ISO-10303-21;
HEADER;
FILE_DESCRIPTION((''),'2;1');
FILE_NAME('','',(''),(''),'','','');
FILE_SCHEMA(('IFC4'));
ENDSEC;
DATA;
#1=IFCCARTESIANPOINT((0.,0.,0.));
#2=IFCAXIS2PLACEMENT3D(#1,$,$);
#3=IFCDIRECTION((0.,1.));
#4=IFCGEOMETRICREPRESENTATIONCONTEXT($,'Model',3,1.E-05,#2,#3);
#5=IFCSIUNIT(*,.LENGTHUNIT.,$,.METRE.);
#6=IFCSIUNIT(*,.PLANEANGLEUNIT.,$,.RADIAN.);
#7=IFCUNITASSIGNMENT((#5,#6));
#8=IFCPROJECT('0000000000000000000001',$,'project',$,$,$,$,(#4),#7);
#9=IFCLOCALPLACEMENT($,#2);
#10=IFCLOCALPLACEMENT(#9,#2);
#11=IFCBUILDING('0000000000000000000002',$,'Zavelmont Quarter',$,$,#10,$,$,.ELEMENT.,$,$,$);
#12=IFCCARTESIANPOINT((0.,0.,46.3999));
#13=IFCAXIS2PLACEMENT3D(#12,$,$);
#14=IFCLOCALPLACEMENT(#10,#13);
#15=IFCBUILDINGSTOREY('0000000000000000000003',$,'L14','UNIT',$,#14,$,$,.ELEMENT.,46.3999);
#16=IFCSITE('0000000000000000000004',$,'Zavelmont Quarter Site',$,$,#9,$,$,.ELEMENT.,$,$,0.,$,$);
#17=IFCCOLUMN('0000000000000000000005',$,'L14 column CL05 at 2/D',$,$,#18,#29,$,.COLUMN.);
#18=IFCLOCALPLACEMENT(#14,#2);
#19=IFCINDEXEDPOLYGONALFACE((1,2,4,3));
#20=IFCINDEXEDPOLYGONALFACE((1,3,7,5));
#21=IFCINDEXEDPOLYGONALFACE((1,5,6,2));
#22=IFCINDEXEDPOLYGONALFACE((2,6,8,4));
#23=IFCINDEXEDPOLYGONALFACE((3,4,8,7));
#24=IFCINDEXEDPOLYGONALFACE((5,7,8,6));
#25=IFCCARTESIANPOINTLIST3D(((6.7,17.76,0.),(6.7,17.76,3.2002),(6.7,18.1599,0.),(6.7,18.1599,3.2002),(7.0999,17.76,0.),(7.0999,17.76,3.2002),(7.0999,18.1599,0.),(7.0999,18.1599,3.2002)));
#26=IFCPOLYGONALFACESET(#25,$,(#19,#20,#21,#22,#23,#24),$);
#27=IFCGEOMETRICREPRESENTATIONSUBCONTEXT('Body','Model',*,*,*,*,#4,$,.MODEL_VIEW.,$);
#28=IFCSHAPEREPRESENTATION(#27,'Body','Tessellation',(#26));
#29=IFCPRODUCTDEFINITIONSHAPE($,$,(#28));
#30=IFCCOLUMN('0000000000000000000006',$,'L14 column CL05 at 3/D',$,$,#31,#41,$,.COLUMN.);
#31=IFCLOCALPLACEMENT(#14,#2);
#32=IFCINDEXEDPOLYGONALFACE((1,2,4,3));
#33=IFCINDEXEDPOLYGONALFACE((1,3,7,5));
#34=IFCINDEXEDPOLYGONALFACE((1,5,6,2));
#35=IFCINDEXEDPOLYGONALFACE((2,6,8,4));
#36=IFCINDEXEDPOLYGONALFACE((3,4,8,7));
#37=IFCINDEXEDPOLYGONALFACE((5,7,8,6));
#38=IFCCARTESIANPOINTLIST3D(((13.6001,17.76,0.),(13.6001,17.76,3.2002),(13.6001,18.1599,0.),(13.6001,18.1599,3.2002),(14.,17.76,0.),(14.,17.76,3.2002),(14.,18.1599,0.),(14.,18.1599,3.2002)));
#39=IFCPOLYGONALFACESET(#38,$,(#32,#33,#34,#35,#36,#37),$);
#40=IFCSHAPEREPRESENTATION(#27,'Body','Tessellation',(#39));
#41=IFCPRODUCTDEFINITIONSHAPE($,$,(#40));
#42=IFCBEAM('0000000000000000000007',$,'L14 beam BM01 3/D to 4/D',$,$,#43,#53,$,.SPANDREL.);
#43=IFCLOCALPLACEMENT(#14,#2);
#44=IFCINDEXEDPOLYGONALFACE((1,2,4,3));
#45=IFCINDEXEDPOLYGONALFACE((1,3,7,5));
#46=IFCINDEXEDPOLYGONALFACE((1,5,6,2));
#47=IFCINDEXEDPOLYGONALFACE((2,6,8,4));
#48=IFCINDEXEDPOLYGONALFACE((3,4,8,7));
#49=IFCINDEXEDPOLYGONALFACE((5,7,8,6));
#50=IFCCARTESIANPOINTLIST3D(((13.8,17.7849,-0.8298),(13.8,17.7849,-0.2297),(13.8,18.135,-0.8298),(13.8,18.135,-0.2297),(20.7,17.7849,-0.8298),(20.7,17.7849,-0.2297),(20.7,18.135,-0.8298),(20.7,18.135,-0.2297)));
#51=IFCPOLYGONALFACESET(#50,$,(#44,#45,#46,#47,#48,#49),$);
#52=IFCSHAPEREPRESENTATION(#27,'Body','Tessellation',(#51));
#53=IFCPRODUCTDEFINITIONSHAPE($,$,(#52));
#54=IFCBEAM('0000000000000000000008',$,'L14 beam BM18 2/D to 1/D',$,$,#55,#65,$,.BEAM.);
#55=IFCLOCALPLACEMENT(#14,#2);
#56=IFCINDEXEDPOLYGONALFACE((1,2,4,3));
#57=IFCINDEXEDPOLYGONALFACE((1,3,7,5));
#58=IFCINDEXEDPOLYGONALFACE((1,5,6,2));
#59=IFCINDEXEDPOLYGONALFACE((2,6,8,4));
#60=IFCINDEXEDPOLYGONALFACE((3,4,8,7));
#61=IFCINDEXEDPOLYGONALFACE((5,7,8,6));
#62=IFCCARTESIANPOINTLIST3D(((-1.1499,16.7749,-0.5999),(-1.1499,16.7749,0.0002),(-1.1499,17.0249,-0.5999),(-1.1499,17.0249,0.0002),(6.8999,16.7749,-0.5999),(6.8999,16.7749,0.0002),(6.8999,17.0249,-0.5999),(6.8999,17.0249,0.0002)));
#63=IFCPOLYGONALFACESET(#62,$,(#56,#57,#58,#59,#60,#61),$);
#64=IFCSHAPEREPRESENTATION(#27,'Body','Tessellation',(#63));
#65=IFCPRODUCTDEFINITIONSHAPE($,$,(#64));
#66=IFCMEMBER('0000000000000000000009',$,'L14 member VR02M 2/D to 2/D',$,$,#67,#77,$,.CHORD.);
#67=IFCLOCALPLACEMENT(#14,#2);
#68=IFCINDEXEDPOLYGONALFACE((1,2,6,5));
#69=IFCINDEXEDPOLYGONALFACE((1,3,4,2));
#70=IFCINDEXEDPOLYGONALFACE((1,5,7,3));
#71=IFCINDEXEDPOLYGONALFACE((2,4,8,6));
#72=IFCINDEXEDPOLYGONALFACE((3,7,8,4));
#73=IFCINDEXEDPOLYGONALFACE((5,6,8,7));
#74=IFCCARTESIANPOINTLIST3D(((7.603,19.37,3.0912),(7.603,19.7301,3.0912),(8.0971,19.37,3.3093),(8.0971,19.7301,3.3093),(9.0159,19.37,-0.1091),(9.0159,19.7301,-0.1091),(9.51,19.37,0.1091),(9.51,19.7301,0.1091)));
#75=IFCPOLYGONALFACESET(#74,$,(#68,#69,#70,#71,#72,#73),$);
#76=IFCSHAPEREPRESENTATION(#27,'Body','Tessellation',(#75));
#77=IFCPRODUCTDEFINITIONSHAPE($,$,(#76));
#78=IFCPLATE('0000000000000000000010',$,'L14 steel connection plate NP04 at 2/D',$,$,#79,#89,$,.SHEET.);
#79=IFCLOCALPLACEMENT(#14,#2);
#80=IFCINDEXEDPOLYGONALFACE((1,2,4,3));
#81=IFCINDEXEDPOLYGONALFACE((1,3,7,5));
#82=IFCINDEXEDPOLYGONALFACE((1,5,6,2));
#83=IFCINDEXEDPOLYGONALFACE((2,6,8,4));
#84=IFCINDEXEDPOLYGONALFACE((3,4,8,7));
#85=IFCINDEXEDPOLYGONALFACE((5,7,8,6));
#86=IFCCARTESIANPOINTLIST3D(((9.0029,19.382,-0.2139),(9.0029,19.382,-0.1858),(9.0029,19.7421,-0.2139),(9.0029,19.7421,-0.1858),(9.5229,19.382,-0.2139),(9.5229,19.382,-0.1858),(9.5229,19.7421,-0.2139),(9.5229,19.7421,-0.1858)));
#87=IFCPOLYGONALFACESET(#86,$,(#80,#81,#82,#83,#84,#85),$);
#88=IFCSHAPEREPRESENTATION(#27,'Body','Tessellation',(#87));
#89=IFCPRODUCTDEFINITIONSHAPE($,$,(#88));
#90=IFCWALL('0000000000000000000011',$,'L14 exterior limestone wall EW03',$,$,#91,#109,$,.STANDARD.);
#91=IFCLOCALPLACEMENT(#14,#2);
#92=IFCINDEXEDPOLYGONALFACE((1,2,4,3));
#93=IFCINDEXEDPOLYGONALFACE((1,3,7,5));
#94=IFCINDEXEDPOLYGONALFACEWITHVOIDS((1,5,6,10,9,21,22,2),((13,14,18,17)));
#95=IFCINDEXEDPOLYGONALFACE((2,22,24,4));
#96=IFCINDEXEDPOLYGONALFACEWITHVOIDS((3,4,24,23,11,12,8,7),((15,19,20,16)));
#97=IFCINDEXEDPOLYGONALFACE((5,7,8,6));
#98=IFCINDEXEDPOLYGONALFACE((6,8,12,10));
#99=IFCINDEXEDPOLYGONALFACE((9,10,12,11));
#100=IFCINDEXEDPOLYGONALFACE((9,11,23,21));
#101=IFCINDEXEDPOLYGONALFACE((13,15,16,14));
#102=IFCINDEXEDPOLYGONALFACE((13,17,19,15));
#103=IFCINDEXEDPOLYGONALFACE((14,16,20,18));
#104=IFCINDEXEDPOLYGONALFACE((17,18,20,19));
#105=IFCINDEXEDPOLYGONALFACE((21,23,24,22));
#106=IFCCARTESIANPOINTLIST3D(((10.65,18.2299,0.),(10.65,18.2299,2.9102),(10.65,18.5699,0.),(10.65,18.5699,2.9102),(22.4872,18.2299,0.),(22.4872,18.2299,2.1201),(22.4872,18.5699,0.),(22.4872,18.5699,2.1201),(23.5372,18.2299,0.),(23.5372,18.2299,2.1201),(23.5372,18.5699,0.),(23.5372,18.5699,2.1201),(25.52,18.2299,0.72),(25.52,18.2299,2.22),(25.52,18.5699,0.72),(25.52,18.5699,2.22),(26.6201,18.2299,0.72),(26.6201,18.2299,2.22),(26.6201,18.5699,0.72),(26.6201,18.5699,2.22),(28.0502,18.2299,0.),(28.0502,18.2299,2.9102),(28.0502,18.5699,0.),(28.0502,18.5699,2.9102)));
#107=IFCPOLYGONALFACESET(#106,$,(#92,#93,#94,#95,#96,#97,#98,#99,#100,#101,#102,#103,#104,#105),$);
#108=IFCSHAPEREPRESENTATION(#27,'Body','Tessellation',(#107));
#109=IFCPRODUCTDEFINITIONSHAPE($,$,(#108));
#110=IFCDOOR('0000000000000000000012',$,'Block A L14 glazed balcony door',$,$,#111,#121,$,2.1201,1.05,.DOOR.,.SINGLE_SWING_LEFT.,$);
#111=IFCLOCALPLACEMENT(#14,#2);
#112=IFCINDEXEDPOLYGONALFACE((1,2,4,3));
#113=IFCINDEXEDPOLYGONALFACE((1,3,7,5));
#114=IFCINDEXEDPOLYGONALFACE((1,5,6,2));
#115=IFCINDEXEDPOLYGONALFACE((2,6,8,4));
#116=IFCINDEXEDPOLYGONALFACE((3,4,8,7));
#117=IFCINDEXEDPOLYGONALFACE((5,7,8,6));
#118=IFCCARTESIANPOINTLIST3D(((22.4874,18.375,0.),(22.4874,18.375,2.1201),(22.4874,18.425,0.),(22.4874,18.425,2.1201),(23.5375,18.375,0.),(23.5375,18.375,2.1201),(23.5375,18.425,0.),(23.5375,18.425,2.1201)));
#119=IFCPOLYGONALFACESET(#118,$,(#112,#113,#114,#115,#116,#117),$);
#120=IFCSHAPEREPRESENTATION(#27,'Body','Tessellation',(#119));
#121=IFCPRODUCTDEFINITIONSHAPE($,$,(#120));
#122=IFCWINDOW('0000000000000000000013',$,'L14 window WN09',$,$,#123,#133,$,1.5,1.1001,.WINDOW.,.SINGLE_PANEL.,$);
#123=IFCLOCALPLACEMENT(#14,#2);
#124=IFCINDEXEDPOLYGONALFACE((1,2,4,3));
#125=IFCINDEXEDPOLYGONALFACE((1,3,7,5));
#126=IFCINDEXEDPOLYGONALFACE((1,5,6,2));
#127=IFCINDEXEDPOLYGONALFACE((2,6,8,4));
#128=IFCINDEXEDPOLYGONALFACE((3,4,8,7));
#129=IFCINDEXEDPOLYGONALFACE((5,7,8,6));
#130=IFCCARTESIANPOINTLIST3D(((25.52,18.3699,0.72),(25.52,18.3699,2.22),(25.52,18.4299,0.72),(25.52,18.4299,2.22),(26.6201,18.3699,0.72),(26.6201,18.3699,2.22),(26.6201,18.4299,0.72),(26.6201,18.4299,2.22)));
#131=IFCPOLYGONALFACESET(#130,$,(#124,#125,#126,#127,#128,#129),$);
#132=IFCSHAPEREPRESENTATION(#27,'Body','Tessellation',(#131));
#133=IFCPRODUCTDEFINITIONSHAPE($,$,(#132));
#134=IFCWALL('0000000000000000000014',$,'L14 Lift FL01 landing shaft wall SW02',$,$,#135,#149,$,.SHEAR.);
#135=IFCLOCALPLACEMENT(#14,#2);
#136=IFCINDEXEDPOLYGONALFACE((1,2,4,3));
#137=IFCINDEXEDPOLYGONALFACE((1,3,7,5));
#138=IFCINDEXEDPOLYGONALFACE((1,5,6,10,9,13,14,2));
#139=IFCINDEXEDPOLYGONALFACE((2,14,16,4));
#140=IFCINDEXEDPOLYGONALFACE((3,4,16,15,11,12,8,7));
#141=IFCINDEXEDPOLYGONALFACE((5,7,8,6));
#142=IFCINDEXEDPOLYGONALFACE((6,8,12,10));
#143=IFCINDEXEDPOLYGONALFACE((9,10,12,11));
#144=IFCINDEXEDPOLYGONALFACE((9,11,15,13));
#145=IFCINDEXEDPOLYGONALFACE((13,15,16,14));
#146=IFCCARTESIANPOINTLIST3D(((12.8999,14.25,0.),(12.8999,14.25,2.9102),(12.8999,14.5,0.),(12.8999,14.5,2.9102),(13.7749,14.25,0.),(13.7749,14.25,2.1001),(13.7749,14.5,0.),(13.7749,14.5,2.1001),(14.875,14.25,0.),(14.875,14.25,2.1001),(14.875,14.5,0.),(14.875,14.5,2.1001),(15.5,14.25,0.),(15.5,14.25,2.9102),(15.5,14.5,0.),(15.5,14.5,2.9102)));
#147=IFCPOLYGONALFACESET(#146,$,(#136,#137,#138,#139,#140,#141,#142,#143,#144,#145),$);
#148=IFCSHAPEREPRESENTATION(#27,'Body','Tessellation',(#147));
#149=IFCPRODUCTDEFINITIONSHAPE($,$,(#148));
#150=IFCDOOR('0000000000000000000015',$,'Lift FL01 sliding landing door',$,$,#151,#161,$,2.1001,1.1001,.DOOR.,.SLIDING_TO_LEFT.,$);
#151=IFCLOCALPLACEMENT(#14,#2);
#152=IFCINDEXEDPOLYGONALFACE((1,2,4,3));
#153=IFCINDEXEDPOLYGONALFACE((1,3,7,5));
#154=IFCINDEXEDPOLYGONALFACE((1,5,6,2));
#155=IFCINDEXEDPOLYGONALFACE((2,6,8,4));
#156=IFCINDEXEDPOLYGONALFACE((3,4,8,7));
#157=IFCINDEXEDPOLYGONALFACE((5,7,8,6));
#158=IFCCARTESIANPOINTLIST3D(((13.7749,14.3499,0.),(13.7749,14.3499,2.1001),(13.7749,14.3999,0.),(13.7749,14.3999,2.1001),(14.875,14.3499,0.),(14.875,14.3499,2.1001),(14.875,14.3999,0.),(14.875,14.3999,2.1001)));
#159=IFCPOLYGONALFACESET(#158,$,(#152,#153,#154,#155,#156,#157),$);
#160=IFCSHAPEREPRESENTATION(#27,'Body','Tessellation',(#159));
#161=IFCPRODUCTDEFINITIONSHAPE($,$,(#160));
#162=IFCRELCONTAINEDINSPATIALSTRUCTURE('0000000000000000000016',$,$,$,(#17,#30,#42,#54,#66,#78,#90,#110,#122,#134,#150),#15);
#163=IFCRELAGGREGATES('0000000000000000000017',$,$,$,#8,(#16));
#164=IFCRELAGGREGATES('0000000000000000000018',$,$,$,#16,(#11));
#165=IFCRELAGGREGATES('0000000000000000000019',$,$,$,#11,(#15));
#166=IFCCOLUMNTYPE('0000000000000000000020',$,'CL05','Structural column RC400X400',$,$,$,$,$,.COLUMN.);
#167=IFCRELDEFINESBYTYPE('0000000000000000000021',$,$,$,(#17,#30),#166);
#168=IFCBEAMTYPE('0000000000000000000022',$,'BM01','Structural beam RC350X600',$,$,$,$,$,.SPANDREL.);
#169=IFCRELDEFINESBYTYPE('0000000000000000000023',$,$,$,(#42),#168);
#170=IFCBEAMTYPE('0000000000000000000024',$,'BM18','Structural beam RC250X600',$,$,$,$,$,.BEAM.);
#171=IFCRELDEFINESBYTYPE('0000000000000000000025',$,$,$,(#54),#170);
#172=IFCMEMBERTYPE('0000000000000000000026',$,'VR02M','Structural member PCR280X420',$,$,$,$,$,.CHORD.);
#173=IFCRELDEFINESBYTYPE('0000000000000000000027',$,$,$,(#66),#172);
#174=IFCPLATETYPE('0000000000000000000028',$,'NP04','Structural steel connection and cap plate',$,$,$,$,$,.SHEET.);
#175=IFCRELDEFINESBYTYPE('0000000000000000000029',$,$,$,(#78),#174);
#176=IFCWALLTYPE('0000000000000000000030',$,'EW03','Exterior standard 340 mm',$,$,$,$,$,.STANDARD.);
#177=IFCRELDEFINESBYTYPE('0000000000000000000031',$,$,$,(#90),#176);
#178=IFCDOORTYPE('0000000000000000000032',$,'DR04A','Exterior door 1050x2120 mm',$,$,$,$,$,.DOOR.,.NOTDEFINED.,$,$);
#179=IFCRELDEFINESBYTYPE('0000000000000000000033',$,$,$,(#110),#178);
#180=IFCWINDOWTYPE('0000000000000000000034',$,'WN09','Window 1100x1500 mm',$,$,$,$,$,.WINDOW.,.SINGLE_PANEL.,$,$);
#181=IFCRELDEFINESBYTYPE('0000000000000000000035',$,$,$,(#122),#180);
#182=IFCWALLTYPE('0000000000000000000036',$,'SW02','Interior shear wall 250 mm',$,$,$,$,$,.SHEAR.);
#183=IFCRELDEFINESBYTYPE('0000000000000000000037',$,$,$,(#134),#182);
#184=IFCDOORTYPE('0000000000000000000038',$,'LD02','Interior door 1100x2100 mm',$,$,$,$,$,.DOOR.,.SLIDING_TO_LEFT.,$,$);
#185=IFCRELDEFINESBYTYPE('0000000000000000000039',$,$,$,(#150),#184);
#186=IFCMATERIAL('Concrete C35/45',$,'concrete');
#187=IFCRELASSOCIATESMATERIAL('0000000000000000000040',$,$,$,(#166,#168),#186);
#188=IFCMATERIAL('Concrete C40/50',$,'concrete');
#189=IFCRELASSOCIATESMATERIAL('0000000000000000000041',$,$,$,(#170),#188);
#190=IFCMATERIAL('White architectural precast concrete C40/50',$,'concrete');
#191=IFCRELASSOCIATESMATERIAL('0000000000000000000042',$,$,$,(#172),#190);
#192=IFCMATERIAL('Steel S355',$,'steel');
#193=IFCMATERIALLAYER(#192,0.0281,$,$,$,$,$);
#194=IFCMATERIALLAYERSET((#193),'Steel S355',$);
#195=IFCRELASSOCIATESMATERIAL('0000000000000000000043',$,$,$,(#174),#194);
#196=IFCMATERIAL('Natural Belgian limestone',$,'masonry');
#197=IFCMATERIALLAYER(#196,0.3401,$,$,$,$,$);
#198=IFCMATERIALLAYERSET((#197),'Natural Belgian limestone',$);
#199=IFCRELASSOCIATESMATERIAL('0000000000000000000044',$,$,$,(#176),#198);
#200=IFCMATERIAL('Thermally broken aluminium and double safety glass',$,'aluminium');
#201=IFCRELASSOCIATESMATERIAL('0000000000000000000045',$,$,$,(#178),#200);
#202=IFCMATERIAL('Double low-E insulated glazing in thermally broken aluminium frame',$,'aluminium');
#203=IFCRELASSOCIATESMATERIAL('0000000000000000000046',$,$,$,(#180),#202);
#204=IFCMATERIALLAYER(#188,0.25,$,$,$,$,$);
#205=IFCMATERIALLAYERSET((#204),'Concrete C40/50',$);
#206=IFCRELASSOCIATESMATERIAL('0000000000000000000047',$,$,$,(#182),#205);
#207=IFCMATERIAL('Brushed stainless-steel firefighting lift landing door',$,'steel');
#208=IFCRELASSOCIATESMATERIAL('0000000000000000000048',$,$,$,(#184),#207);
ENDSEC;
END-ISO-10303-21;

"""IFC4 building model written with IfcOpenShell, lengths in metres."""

from ifc_helpers import new_model, si_unit, direction, frame, frame_2d, origin, origin_with_axes, origin_2d, place, context, subcontext, project, spatial, rectangle, extrude, material, layer, layer_set, material_profile, profile_set, type_object, element, fill, save


model = new_model("IFC4")

# Units and contexts
model_context = context("Model", 3, precision=1e-05, world=origin(), true_north=direction((0.0, 1.0)))
body_context = subcontext(model_context, "Body", "Model", "MODEL_VIEW")
ifc_project = project(units=[si_unit("LENGTHUNIT", "METRE"), si_unit("PLANEANGLEUNIT", "RADIAN")], contexts=[model_context])

# Site, building, storey
site_placement = place(None, origin())
site = spatial("IfcSite", under=ifc_project, at=site_placement, Name="Zavelmont Quarter Site", CompositionType="ELEMENT", RefElevation=0.0)
building_placement = place(site_placement, origin())
building = spatial("IfcBuilding", under=site, at=building_placement, Name="Zavelmont Quarter", CompositionType="ELEMENT")
storey_placement = place(building_placement, frame((0.0, 0.0, 46.3999)))
storey = spatial("IfcBuildingStorey", under=building, at=storey_placement, Name="L14", Description="UNIT", CompositionType="ELEMENT", Elevation=46.3999)

# Columns
ifc_material_1 = material(Name="Concrete C35/45", Category="concrete")
ifc_material_profile_1 = material_profile(ifc_material_1, rectangle(XDim=0.3999, YDim=0.3999, at=origin_2d()), Name="RC400X400")
ifc_profile_set_1 = profile_set([ifc_material_profile_1], Name="Concrete C35/45")
column_type = type_object("IfcColumnType", Name="CL05", Description="Structural column RC400X400", PredefinedType="COLUMN", material=ifc_profile_set_1)
for number, where, z_axis, x_axis, name in (
    (1, (6.8999, 17.96, 0.0), (0.0, 0.0, 1.0), (1.0, 0.0, 0.0), "L14 column CL05 at 2/D"),
    (2, (13.8, 17.96, 0.0), (0.0, 0.0, 1.0), (1.0, 0.0, 0.0), "L14 column CL05 at 3/D"),
):
    element("IfcColumn", number, at=place(storey_placement, frame(where, z_axis=z_axis, x_axis=x_axis)), inside=storey, type_object=column_type, Name=name, PredefinedType="COLUMN", context=body_context, shape_type="SweptSolid", body=[
        extrude(rectangle(XDim=0.3999, YDim=0.3999, at=origin_2d()), origin(), (0.0, 0.0, 1.0), 3.2002),
    ])

# Beams
ifc_material_profile_2 = material_profile(ifc_material_1, rectangle(XDim=0.3501, YDim=0.6001, at=origin_2d()), Name="RC350X600")
ifc_profile_set_2 = profile_set([ifc_material_profile_2], Name="Concrete C35/45")
beam_type_1 = type_object("IfcBeamType", Name="BM01", Description="Structural beam RC350X600", PredefinedType="SPANDREL", material=ifc_profile_set_2)
beam_1_placement = place(storey_placement, frame((13.8, 17.96, -0.5298), z_axis=(1.0, 0.0, 0.0), x_axis=(0.0, 1.0, 0.0)))
element("IfcBeam", 3, at=beam_1_placement, inside=storey, type_object=beam_type_1, Name="L14 beam BM01 3/D to 4/D", PredefinedType="SPANDREL", context=body_context, shape_type="SweptSolid", body=[
    extrude(rectangle(XDim=0.3501, YDim=0.6001, at=origin_2d()), origin(), (0.0, 0.0, 1.0), 6.8999),
])
ifc_material_2 = material(Name="Concrete C40/50", Category="concrete")
ifc_material_profile_3 = material_profile(ifc_material_2, rectangle(XDim=0.25, YDim=0.6001, at=origin_2d()), Name="RC250X600")
ifc_profile_set_3 = profile_set([ifc_material_profile_3], Name="Concrete C40/50")
beam_type_2 = type_object("IfcBeamType", Name="BM18", Description="Structural beam RC250X600", PredefinedType="BEAM", material=ifc_profile_set_3)
beam_2_placement = place(storey_placement, frame((6.8999, 16.8999, -0.2998), z_axis=(-1.0, 0.0, 0.0), x_axis=(0.0, -1.0, 0.0)))
element("IfcBeam", 4, at=beam_2_placement, inside=storey, type_object=beam_type_2, Name="L14 beam BM18 2/D to 1/D", PredefinedType="BEAM", context=body_context, shape_type="SweptSolid", body=[
    extrude(rectangle(XDim=0.25, YDim=0.6001, at=origin_2d()), origin(), (0.0, 0.0, 1.0), 8.0498),
])

# Member
ifc_material_3 = material(Name="White architectural precast concrete C40/50", Category="concrete")
ifc_material_profile_4 = material_profile(ifc_material_3, rectangle(XDim=0.3601, YDim=0.54, at=origin_2d()), Name="PCR280X420")
ifc_profile_set_4 = profile_set([ifc_material_profile_4], Name="White architectural precast concrete C40/50")
member_type = type_object("IfcMemberType", Name="VR02M", Description="Structural member PCR280X420", PredefinedType="CHORD", material=ifc_profile_set_4)
member_placement = place(storey_placement, frame((9.2629, 19.55, 0.0), z_axis=(-0.403877, 0.0, 0.914813), x_axis=(0.0, -1.0, 0.0)))
element("IfcMember", 5, at=member_placement, inside=storey, type_object=member_type, Name="L14 member VR02M 2/D to 2/D", PredefinedType="CHORD", context=body_context, shape_type="SweptSolid", body=[
    extrude(rectangle(XDim=0.3601, YDim=0.54, at=origin_2d()), origin(), (0.0, 0.0, 1.0), 3.4983),
])

# Plate
ifc_material_4 = material(Name="Steel S355", Category="steel")
ifc_layer_1 = layer(ifc_material_4, 0.0281)
ifc_layer_set_1 = layer_set([ifc_layer_1], Name="Steel S355")
plate_type = type_object("IfcPlateType", Name="NP04", Description="Structural steel connection and cap plate", PredefinedType="SHEET", material=ifc_layer_set_1)
plate_placement = place(storey_placement, frame((9.2629, 19.562, -0.2139), z_axis=(0.0, 0.0, 1.0), x_axis=(1.0, 0.0, 0.0)))
element("IfcPlate", 6, at=plate_placement, inside=storey, type_object=plate_type, Name="L14 steel connection plate NP04 at 2/D", PredefinedType="SHEET", context=body_context, shape_type="SweptSolid", body=[
    extrude(rectangle(XDim=0.52, YDim=0.3601, at=origin_2d()), origin(), (0.0, 0.0, 1.0), 0.0281),
])

# Wall, openings, door, window
ifc_material_5 = material(Name="Natural Belgian limestone", Category="masonry")
ifc_layer_2 = layer(ifc_material_5, 0.3401)
ifc_layer_set_2 = layer_set([ifc_layer_2], Name="Natural Belgian limestone")
wall_type_1 = type_object("IfcWallType", Name="EW03", Description="Exterior standard 340 mm", PredefinedType="STANDARD", material=ifc_layer_set_2)
wall_1_placement = place(storey_placement, frame((10.6499, 18.3999, 0.0), z_axis=(0.0, 0.0, 1.0), x_axis=(1.0, 0.0, 0.0)))
wall_1 = element("IfcWall", 7, at=wall_1_placement, inside=storey, type_object=wall_type_1, Name="L14 exterior limestone wall EW03", PredefinedType="STANDARD", context=body_context, shape_type="SweptSolid", body=[
    extrude(rectangle(XDim=17.4001, YDim=0.3401, at=frame_2d((8.7002, 0.0))), origin(), (0.0, 0.0, 1.0), 2.9102),
])
opening_1_placement = place(wall_1_placement, frame((11.8374, 0.0, 0.0)))
opening_1 = element("IfcOpeningElement", 8, at=opening_1_placement, cuts=wall_1, PredefinedType="OPENING", context=body_context, shape_type="SweptSolid", body=[
    extrude(rectangle(XDim=1.05, YDim=2.1201, at=frame_2d((0.5249, 1.0601))), frame((0.0, 0.1821, 0.0), z_axis=(0.0, -1.0, 0.0), x_axis=(1.0, 0.0, 0.0)), (0.0, 0.0, 1.0), 0.364),
])
opening_2_placement = place(wall_1_placement, frame((14.8701, 0.0, 0.72)))
opening_2 = element("IfcOpeningElement", 9, at=opening_2_placement, cuts=wall_1, PredefinedType="OPENING", context=body_context, shape_type="SweptSolid", body=[
    extrude(rectangle(XDim=1.1001, YDim=1.5, at=frame_2d((0.55, 0.75))), frame((0.0, 0.1821, 0.0), z_axis=(0.0, -1.0, 0.0), x_axis=(1.0, 0.0, 0.0)), (0.0, 0.0, 1.0), 0.364),
])
ifc_material_6 = material(Name="Thermally broken aluminium and double safety glass", Category="aluminium")
door_type_1 = type_object("IfcDoorType", Name="DR04A", Description="Exterior door 1050x2120 mm", OperationType="NOTDEFINED", PredefinedType="DOOR", material=ifc_material_6)
door_1_placement = place(opening_1_placement, frame((1.05, 0.0, 0.0), z_axis=(0.0, 0.0, 1.0), x_axis=(-1.0, 0.0, 0.0)))
door_1 = element("IfcDoor", 10, at=door_1_placement, inside=storey, type_object=door_type_1, Name="Block A L14 glazed balcony door", OperationType="SINGLE_SWING_LEFT", OverallHeight=2.1201, OverallWidth=1.05, PredefinedType="DOOR", context=body_context, shape_type="SweptSolid", body=[
    extrude(rectangle(XDim=1.05, YDim=2.1201, at=frame_2d((0.5249, 1.0601))), frame((0.0, 0.0249, 0.0), z_axis=(0.0, -1.0, 0.0), x_axis=(1.0, 0.0, 0.0)), (0.0, 0.0, 1.0), 0.05),
])
fill(opening_1, door_1)
ifc_material_7 = material(Name="Double low-E insulated glazing in thermally broken aluminium frame", Category="aluminium")
window_type = type_object("IfcWindowType", Name="WN09", Description="Window 1100x1500 mm", PartitioningType="SINGLE_PANEL", PredefinedType="WINDOW", material=ifc_material_7)
window_placement = place(opening_2_placement, origin_with_axes())
window = element("IfcWindow", 11, at=window_placement, inside=storey, type_object=window_type, Name="L14 window WN09", OverallHeight=1.5, OverallWidth=1.1001, PartitioningType="SINGLE_PANEL", PredefinedType="WINDOW", context=body_context, shape_type="SweptSolid", body=[
    extrude(rectangle(XDim=1.1001, YDim=1.5, at=frame_2d((0.55, 0.75))), frame((0.0, 0.03, 0.0), z_axis=(0.0, -1.0, 0.0), x_axis=(1.0, 0.0, 0.0)), (0.0, 0.0, 1.0), 0.0601),
])
fill(opening_2, window)

# Wall, opening, door
ifc_layer_3 = layer(ifc_material_2, 0.25)
ifc_layer_set_3 = layer_set([ifc_layer_3], Name="Concrete C40/50")
wall_type_2 = type_object("IfcWallType", Name="SW02", Description="Interior shear wall 250 mm", PredefinedType="SHEAR", material=ifc_layer_set_3)
wall_2_placement = place(storey_placement, frame((12.8999, 14.375, 0.0), z_axis=(0.0, 0.0, 1.0), x_axis=(1.0, 0.0, 0.0)))
wall_2 = element("IfcWall", 12, at=wall_2_placement, inside=storey, type_object=wall_type_2, Name="L14 Lift FL01 landing shaft wall SW02", PredefinedType="SHEAR", context=body_context, shape_type="SweptSolid", body=[
    extrude(rectangle(XDim=2.6001, YDim=0.25, at=frame_2d((1.3, 0.0))), origin(), (0.0, 0.0, 1.0), 2.9102),
])
opening_3_placement = place(wall_2_placement, frame((0.875, 0.0, 0.0)))
opening_3 = element("IfcOpeningElement", 13, at=opening_3_placement, cuts=wall_2, PredefinedType="OPENING", context=body_context, shape_type="SweptSolid", body=[
    extrude(rectangle(XDim=1.1001, YDim=2.1001, at=frame_2d((0.55, 1.05))), frame((0.0, 0.137, 0.0), z_axis=(0.0, -1.0, 0.0), x_axis=(1.0, 0.0, 0.0)), (0.0, 0.0, 1.0), 0.2739),
])
ifc_material_8 = material(Name="Brushed stainless-steel firefighting lift landing door", Category="steel")
door_type_2 = type_object("IfcDoorType", Name="LD02", Description="Interior door 1100x2100 mm", OperationType="SLIDING_TO_LEFT", PredefinedType="DOOR", material=ifc_material_8)
door_2_placement = place(opening_3_placement, origin_with_axes())
door_2 = element("IfcDoor", 14, at=door_2_placement, inside=storey, type_object=door_type_2, Name="Lift FL01 sliding landing door", OperationType="SLIDING_TO_LEFT", OverallHeight=2.1001, OverallWidth=1.1001, PredefinedType="DOOR", context=body_context, shape_type="SweptSolid", body=[
    extrude(rectangle(XDim=1.1001, YDim=2.1001, at=frame_2d((0.55, 1.05))), frame((0.0, 0.0249, 0.0), z_axis=(0.0, -1.0, 0.0), x_axis=(1.0, 0.0, 0.0)), (0.0, 0.0, 1.0), 0.05),
])
fill(opening_3, door_2)

save(model, "model.ifc")
